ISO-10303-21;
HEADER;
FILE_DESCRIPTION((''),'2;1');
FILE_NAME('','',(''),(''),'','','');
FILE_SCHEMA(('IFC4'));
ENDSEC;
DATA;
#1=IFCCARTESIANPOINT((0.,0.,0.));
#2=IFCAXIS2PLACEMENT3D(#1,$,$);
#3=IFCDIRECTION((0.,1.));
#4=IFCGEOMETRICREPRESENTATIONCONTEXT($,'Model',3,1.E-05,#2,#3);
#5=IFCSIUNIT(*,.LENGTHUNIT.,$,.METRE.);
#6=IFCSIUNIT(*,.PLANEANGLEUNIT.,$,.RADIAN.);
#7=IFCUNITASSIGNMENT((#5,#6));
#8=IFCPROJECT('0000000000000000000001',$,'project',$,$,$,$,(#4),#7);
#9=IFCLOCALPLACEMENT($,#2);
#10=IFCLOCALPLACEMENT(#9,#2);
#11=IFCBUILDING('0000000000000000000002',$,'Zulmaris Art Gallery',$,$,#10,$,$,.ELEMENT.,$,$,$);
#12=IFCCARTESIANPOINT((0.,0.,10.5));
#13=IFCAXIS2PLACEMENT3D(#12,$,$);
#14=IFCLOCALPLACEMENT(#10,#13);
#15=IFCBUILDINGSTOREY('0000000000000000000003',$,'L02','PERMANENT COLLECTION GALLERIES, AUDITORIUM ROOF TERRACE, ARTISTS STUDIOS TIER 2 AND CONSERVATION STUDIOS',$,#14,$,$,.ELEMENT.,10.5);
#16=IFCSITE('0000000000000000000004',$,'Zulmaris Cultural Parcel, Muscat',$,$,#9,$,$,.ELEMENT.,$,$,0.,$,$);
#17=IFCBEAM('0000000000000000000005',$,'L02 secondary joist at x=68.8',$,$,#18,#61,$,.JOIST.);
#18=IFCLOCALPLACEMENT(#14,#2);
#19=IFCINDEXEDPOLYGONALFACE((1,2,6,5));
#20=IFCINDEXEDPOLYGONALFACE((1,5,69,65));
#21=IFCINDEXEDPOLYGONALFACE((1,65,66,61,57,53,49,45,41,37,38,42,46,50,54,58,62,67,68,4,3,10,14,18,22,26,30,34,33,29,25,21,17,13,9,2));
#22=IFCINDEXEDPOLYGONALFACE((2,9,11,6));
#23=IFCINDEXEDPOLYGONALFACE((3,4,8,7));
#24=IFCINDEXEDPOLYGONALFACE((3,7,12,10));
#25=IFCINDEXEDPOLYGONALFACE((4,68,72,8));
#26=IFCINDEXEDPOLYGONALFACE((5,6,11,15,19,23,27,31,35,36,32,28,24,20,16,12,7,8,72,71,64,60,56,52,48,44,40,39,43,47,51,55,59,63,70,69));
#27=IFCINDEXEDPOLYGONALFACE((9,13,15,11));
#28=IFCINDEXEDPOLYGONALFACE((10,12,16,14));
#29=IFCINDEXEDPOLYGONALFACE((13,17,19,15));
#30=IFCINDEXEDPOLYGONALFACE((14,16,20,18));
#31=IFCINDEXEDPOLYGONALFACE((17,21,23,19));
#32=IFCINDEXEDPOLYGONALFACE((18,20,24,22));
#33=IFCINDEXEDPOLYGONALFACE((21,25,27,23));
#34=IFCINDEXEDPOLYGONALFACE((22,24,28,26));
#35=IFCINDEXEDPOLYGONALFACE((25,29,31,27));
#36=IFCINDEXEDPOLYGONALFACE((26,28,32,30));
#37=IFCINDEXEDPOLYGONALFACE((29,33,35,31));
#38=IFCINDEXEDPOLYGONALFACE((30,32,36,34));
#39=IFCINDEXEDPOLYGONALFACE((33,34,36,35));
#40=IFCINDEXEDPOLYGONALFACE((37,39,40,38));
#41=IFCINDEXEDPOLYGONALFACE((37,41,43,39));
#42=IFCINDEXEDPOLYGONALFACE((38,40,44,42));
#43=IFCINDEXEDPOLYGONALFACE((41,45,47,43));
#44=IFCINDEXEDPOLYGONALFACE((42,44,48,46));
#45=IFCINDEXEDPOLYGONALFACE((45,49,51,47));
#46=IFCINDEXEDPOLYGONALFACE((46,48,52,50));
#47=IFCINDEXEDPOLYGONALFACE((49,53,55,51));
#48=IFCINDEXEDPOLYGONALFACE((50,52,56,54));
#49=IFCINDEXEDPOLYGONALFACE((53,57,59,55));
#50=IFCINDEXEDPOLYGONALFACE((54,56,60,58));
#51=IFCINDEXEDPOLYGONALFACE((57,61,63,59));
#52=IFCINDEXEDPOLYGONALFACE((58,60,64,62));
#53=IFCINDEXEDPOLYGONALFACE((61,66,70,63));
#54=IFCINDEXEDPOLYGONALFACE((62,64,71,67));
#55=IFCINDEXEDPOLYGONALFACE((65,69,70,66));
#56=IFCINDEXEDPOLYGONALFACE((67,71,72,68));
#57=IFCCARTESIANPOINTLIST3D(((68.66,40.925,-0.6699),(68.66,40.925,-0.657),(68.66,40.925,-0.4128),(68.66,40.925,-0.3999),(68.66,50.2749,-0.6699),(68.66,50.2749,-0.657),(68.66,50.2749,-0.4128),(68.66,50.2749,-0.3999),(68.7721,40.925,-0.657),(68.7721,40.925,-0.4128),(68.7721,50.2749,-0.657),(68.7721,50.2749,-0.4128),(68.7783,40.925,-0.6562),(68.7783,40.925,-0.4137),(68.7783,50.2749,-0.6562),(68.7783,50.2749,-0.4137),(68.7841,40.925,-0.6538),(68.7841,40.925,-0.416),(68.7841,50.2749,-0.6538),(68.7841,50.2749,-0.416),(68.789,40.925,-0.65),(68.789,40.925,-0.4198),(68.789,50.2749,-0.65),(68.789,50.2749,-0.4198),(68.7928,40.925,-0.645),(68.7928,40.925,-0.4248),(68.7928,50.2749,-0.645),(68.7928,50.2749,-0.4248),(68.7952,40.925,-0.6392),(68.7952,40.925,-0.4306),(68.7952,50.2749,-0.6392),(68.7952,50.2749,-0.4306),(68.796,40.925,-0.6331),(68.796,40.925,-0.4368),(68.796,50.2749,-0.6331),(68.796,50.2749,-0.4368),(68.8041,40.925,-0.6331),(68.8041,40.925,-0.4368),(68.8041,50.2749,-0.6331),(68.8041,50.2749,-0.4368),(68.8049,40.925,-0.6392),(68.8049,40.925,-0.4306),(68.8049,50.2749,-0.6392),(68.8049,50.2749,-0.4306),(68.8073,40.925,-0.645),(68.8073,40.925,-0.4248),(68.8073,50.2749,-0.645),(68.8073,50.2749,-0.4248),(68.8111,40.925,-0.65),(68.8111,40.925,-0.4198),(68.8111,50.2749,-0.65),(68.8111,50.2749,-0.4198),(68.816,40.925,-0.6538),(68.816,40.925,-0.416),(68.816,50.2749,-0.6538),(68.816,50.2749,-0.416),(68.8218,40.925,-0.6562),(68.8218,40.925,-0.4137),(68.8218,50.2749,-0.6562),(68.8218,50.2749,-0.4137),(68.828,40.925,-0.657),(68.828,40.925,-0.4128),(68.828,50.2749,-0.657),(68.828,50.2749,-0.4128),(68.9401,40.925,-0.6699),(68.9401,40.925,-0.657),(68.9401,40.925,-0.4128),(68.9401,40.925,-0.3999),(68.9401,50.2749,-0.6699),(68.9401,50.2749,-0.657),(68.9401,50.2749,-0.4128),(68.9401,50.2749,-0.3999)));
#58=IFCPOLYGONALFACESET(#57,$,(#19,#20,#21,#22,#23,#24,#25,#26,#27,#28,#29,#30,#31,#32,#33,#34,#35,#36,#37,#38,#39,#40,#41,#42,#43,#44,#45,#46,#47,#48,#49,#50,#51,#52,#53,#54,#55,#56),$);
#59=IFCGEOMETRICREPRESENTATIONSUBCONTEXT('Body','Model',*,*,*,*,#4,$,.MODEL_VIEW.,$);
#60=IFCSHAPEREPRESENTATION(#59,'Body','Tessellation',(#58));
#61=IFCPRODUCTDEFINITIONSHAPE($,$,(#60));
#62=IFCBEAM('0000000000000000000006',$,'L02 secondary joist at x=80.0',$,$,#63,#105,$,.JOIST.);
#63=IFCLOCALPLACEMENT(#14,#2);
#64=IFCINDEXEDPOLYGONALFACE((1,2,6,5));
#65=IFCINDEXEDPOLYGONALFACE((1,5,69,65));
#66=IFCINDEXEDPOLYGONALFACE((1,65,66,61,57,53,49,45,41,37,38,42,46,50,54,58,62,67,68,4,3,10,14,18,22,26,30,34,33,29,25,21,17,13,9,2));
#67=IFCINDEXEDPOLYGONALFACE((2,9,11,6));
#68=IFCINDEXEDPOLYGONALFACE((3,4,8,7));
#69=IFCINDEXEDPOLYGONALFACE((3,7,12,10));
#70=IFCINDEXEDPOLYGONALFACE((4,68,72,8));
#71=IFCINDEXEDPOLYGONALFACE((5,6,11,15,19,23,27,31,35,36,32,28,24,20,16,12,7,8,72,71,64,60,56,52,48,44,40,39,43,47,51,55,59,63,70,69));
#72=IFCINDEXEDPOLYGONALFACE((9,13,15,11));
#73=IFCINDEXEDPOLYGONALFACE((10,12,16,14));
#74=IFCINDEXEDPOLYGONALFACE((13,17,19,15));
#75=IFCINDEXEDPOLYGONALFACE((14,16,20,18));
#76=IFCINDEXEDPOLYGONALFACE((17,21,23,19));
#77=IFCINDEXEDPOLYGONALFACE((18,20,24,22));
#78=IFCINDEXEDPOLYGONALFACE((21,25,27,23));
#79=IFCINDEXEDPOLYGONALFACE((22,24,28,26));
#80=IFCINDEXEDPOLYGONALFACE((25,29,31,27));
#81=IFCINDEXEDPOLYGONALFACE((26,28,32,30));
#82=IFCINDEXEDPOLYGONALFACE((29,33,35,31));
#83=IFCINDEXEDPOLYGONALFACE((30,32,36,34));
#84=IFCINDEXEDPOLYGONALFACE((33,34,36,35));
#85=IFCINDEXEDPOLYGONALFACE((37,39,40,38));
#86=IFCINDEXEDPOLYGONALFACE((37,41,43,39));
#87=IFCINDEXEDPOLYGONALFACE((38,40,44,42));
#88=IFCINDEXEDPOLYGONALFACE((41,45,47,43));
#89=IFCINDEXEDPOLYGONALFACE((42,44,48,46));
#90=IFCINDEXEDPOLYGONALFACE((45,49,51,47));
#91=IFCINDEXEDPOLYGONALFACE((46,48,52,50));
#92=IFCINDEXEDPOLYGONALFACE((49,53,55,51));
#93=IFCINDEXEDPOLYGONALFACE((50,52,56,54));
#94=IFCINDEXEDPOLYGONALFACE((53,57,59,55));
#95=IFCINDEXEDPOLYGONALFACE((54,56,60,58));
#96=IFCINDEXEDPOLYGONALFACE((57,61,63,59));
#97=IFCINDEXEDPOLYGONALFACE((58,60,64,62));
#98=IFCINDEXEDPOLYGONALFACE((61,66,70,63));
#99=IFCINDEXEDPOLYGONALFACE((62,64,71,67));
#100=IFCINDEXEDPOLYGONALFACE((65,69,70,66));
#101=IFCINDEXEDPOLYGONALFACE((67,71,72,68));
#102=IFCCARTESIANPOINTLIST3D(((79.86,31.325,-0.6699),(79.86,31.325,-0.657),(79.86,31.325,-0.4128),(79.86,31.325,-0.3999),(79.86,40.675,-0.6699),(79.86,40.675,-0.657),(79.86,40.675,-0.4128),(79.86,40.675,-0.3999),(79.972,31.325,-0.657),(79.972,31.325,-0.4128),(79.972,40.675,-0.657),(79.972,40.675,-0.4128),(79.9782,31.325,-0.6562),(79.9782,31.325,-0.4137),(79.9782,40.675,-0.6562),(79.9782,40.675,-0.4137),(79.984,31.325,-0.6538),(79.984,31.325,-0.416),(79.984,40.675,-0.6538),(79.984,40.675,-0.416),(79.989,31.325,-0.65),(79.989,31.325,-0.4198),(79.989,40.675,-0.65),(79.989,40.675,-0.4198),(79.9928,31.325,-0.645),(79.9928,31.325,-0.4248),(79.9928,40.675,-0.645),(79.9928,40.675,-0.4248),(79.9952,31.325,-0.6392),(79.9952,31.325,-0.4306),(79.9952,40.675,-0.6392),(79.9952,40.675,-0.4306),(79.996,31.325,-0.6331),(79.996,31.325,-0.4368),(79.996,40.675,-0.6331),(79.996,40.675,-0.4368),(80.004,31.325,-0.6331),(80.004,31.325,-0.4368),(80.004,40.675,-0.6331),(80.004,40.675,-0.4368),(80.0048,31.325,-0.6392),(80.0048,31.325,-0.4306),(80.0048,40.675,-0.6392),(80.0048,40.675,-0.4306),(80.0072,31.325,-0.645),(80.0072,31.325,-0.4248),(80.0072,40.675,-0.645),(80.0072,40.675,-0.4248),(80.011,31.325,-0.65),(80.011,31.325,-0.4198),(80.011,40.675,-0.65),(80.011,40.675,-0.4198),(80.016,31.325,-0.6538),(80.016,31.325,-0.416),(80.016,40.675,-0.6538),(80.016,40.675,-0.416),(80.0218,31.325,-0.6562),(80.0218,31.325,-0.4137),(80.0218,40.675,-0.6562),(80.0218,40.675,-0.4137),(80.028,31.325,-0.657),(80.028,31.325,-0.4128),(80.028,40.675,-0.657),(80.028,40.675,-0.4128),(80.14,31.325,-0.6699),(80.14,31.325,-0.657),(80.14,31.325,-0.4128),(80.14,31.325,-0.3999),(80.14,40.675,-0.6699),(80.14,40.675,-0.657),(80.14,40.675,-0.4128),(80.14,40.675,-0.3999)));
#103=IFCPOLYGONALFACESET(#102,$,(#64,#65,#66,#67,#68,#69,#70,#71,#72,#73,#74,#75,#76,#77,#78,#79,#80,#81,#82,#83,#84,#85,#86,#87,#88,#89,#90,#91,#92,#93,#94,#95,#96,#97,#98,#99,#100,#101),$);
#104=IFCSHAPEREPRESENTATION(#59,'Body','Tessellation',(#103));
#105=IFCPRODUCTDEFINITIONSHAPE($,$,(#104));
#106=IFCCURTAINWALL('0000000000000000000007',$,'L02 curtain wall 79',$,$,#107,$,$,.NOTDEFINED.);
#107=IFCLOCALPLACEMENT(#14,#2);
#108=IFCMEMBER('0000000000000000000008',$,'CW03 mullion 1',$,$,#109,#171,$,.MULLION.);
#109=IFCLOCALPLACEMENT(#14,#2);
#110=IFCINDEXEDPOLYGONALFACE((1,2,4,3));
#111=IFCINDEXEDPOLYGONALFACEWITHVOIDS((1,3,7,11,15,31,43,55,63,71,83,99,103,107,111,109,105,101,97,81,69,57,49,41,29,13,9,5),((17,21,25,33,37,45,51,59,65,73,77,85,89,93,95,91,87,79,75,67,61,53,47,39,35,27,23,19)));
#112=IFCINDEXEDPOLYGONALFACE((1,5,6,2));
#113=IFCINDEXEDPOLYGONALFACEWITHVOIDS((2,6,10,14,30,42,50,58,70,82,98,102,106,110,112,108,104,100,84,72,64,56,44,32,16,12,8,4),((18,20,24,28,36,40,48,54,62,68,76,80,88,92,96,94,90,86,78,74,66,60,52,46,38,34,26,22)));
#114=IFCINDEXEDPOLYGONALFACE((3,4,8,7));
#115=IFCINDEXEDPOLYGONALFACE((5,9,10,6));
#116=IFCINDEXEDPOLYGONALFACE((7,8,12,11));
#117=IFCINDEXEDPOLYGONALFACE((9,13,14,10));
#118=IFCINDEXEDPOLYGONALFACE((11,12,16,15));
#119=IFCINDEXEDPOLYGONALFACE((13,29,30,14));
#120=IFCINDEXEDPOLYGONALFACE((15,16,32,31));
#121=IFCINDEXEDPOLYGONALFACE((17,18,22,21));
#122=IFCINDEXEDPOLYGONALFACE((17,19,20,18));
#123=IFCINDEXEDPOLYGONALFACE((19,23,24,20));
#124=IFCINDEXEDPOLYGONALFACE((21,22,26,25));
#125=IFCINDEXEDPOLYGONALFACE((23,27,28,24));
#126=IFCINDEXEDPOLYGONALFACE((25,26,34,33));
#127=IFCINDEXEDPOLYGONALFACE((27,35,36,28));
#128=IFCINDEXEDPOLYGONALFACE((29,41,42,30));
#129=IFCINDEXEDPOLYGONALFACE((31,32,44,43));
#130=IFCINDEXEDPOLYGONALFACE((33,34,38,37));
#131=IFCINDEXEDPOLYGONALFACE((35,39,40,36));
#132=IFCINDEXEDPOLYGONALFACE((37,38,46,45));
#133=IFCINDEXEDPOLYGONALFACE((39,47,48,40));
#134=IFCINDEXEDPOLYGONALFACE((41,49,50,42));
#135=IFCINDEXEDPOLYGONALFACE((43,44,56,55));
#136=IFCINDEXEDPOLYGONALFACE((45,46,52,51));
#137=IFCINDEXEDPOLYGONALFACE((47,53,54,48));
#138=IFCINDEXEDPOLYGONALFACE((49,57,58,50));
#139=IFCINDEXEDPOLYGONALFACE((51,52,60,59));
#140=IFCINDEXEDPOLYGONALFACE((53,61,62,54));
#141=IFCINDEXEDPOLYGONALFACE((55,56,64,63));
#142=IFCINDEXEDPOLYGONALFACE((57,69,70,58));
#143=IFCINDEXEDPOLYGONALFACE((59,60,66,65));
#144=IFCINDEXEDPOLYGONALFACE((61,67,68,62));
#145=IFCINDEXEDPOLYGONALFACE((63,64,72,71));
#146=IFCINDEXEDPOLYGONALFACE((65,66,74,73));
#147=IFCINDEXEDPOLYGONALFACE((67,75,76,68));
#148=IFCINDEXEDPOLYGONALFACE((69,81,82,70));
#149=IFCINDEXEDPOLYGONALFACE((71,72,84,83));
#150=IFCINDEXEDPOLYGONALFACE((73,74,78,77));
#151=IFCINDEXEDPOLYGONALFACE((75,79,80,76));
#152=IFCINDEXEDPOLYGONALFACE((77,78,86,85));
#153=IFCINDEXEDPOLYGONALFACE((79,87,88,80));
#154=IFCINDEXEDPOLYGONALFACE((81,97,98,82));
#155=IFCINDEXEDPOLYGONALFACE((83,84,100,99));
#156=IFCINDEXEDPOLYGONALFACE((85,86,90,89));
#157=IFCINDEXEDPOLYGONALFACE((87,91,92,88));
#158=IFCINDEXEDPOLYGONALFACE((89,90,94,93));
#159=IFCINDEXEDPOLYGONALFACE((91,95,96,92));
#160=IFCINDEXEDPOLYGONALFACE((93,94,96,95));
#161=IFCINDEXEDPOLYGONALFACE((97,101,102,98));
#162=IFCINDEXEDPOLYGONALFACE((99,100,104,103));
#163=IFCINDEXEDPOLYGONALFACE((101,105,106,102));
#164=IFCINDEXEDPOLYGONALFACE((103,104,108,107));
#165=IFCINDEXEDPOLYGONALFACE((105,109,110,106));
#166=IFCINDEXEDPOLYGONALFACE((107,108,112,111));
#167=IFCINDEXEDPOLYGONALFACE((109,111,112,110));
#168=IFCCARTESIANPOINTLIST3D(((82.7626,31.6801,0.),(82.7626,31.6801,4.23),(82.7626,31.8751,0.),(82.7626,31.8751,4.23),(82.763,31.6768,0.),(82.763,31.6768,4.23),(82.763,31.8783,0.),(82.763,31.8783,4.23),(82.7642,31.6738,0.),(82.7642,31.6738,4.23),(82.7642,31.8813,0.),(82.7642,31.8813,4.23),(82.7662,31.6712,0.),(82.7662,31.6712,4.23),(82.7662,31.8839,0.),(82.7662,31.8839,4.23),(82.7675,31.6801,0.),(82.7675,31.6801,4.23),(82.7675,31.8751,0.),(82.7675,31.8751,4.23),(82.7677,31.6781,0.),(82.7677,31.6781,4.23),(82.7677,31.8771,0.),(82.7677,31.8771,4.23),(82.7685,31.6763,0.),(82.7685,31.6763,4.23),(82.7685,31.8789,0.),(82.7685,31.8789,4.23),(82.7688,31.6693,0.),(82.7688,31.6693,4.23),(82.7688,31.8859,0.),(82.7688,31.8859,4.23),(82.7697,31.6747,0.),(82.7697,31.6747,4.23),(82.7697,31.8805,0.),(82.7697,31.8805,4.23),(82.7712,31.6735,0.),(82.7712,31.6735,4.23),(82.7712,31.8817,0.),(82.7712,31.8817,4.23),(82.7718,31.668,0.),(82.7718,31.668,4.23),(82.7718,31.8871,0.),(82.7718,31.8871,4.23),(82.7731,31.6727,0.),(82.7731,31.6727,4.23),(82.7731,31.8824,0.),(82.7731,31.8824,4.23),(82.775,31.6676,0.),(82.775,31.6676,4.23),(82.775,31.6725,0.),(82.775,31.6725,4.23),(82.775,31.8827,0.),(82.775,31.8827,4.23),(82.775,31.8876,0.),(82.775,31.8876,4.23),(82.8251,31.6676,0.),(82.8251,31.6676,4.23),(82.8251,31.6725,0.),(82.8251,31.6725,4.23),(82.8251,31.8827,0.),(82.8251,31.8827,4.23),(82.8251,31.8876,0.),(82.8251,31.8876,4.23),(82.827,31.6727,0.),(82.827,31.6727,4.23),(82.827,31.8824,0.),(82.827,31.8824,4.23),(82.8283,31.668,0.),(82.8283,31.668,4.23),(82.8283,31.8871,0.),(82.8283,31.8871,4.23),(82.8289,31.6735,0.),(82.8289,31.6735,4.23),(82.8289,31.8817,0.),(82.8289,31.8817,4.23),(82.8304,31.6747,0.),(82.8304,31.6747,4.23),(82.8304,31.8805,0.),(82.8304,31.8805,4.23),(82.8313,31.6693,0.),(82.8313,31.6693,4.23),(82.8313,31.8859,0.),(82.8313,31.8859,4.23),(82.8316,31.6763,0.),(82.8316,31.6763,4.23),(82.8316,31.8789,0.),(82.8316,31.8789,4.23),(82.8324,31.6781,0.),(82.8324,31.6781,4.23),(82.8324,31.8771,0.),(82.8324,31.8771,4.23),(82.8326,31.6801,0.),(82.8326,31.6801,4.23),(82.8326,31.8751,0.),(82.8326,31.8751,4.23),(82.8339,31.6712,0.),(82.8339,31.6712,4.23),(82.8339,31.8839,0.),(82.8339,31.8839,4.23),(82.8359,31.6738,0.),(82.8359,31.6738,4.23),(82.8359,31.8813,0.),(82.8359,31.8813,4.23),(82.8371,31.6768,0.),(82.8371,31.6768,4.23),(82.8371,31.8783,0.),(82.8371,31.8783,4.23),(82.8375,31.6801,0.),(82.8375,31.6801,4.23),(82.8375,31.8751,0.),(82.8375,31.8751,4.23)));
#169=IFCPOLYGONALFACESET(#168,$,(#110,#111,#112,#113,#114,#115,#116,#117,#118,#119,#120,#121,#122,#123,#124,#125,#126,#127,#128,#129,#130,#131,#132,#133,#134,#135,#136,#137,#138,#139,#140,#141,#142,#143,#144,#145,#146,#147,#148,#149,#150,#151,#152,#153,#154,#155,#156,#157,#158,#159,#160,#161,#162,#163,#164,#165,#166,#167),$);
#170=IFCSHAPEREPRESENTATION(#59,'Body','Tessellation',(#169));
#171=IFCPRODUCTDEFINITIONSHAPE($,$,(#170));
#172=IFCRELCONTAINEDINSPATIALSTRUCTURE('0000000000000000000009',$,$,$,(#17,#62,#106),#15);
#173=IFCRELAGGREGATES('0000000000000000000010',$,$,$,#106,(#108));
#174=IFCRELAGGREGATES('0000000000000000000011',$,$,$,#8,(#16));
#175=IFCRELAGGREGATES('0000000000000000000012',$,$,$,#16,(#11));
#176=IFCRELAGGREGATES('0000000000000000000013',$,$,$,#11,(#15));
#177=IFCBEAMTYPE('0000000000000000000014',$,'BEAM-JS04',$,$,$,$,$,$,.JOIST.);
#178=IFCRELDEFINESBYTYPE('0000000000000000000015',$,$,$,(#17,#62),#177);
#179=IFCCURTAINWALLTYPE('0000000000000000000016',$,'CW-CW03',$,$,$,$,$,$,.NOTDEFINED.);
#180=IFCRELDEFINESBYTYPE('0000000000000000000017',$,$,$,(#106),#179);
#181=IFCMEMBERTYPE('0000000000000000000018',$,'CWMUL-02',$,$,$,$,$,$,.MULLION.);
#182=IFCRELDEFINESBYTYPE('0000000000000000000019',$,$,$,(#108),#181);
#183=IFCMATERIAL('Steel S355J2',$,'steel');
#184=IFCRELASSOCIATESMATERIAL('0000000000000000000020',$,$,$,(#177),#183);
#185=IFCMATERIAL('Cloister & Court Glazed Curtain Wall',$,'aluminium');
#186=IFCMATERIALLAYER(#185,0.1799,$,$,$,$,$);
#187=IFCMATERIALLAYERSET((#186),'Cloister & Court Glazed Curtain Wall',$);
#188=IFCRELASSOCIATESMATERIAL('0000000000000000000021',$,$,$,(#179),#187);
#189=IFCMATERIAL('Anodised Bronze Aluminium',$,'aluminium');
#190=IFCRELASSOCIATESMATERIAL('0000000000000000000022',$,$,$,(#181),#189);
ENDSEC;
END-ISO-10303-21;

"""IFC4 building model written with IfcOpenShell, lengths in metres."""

from ifc_helpers import new_model, si_unit, direction, frame, origin, origin_2d, place, context, subcontext, project, spatial, hollow_rectangle, i_section, extrude, material, layer, layer_set, material_profile, profile_set, type_object, element, aggregate, save


model = new_model("IFC4")

# Units and contexts
model_context = context("Model", 3, precision=1e-05, world=origin(), true_north=direction((0.0, 1.0)))
body_context = subcontext(model_context, "Body", "Model", "MODEL_VIEW")
ifc_project = project(units=[si_unit("LENGTHUNIT", "METRE"), si_unit("PLANEANGLEUNIT", "RADIAN")], contexts=[model_context])

# Site, building, storey
site_placement = place(None, origin())
site = spatial("IfcSite", under=ifc_project, at=site_placement, Name="Zulmaris Cultural Parcel, Muscat", CompositionType="ELEMENT", RefElevation=0.0)
building_placement = place(site_placement, origin())
building = spatial("IfcBuilding", under=site, at=building_placement, Name="Zulmaris Art Gallery", CompositionType="ELEMENT")
storey_placement = place(building_placement, frame((0.0, 0.0, 10.5)))
storey = spatial("IfcBuildingStorey", under=building, at=storey_placement, Name="L02", Description="PERMANENT COLLECTION GALLERIES, AUDITORIUM ROOF TERRACE, ARTISTS STUDIOS TIER 2 AND CONSERVATION STUDIOS", CompositionType="ELEMENT", Elevation=10.5)

# Beams
ifc_material_1 = material(Name="Steel S355J2", Category="steel")
ifc_material_profile_1 = material_profile(ifc_material_1, i_section(OverallWidth=0.28, OverallDepth=0.27, WebThickness=0.0081, FlangeThickness=0.0129, FilletRadius=0.0239, at=origin_2d()), Name="HEA 280")
ifc_profile_set_1 = profile_set([ifc_material_profile_1], Name="Steel S355J2")
beam_type_1 = type_object("IfcBeamType", Name="BEAM-JS04", PredefinedType="JOIST", material=ifc_profile_set_1)
beam_1_placement = place(storey_placement, frame((68.8, 40.925, -0.5349), z_axis=(0.0, 1.0, 0.0), x_axis=(-1.0, 0.0, 0.0)))
element("IfcBeam", 1, at=beam_1_placement, inside=storey, type_object=beam_type_1, Name="L02 secondary joist at x=68.8", PredefinedType="JOIST", context=body_context, shape_type="SweptSolid", body=[
    extrude(i_section(OverallWidth=0.28, OverallDepth=0.27, WebThickness=0.0081, FlangeThickness=0.0129, FilletRadius=0.0239, at=origin_2d()), origin(), (0.0, 0.0, 1.0), 9.3499),
])
beam_2_placement = place(storey_placement, frame((80.0, 31.325, -0.5349), z_axis=(0.0, 1.0, 0.0), x_axis=(-1.0, 0.0, 0.0)))
element("IfcBeam", 2, at=beam_2_placement, inside=storey, type_object=beam_type_1, Name="L02 secondary joist at x=80.0", PredefinedType="JOIST", context=body_context, shape_type="SweptSolid", body=[
    extrude(i_section(OverallWidth=0.28, OverallDepth=0.27, WebThickness=0.0081, FlangeThickness=0.0129, FilletRadius=0.0239, at=origin_2d()), origin(), (0.0, 0.0, 1.0), 9.3501),
])

# Curtain wall, member
ifc_material_2 = material(Name="Cloister & Court Glazed Curtain Wall", Category="aluminium")
ifc_layer_1 = layer(ifc_material_2, 0.1799)
ifc_layer_set_1 = layer_set([ifc_layer_1], Name="Cloister & Court Glazed Curtain Wall")
curtain_wall_type = type_object("IfcCurtainWallType", Name="CW-CW03", PredefinedType="NOTDEFINED", material=ifc_layer_set_1)
curtain_wall_placement = place(storey_placement, origin())
curtain_wall = element("IfcCurtainWall", 3, at=curtain_wall_placement, inside=storey, type_object=curtain_wall_type, Name="L02 curtain wall 79", PredefinedType="NOTDEFINED")
ifc_material_3 = material(Name="Anodised Bronze Aluminium", Category="aluminium")
ifc_material_profile_2 = material_profile(ifc_material_3, hollow_rectangle(XDim=0.075, YDim=0.22, WallThickness=0.0049, InnerFilletRadius=0.0076, OuterFilletRadius=0.0125, at=origin_2d()), Name="ALU 75x220x5")
ifc_profile_set_2 = profile_set([ifc_material_profile_2], Name="Anodised Bronze Aluminium")
member_type = type_object("IfcMemberType", Name="CWMUL-02", PredefinedType="MULLION", material=ifc_profile_set_2)
member_1_placement = place(storey_placement, frame((82.8, 31.7776, 0.0), z_axis=(0.0, 0.0, 1.0), x_axis=(-1.0, 0.0, 0.0)))
member_1 = element("IfcMember", 4, at=member_1_placement, type_object=member_type, Name="CW03 mullion 1", PredefinedType="MULLION", context=body_context, shape_type="SweptSolid", body=[
    extrude(hollow_rectangle(XDim=0.075, YDim=0.22, WallThickness=0.0049, InnerFilletRadius=0.0076, OuterFilletRadius=0.0125, at=origin_2d()), origin(), (0.0, 0.0, 1.0), 4.23),
])
aggregate(curtain_wall, [member_1])

save(model, "model.ifc")
